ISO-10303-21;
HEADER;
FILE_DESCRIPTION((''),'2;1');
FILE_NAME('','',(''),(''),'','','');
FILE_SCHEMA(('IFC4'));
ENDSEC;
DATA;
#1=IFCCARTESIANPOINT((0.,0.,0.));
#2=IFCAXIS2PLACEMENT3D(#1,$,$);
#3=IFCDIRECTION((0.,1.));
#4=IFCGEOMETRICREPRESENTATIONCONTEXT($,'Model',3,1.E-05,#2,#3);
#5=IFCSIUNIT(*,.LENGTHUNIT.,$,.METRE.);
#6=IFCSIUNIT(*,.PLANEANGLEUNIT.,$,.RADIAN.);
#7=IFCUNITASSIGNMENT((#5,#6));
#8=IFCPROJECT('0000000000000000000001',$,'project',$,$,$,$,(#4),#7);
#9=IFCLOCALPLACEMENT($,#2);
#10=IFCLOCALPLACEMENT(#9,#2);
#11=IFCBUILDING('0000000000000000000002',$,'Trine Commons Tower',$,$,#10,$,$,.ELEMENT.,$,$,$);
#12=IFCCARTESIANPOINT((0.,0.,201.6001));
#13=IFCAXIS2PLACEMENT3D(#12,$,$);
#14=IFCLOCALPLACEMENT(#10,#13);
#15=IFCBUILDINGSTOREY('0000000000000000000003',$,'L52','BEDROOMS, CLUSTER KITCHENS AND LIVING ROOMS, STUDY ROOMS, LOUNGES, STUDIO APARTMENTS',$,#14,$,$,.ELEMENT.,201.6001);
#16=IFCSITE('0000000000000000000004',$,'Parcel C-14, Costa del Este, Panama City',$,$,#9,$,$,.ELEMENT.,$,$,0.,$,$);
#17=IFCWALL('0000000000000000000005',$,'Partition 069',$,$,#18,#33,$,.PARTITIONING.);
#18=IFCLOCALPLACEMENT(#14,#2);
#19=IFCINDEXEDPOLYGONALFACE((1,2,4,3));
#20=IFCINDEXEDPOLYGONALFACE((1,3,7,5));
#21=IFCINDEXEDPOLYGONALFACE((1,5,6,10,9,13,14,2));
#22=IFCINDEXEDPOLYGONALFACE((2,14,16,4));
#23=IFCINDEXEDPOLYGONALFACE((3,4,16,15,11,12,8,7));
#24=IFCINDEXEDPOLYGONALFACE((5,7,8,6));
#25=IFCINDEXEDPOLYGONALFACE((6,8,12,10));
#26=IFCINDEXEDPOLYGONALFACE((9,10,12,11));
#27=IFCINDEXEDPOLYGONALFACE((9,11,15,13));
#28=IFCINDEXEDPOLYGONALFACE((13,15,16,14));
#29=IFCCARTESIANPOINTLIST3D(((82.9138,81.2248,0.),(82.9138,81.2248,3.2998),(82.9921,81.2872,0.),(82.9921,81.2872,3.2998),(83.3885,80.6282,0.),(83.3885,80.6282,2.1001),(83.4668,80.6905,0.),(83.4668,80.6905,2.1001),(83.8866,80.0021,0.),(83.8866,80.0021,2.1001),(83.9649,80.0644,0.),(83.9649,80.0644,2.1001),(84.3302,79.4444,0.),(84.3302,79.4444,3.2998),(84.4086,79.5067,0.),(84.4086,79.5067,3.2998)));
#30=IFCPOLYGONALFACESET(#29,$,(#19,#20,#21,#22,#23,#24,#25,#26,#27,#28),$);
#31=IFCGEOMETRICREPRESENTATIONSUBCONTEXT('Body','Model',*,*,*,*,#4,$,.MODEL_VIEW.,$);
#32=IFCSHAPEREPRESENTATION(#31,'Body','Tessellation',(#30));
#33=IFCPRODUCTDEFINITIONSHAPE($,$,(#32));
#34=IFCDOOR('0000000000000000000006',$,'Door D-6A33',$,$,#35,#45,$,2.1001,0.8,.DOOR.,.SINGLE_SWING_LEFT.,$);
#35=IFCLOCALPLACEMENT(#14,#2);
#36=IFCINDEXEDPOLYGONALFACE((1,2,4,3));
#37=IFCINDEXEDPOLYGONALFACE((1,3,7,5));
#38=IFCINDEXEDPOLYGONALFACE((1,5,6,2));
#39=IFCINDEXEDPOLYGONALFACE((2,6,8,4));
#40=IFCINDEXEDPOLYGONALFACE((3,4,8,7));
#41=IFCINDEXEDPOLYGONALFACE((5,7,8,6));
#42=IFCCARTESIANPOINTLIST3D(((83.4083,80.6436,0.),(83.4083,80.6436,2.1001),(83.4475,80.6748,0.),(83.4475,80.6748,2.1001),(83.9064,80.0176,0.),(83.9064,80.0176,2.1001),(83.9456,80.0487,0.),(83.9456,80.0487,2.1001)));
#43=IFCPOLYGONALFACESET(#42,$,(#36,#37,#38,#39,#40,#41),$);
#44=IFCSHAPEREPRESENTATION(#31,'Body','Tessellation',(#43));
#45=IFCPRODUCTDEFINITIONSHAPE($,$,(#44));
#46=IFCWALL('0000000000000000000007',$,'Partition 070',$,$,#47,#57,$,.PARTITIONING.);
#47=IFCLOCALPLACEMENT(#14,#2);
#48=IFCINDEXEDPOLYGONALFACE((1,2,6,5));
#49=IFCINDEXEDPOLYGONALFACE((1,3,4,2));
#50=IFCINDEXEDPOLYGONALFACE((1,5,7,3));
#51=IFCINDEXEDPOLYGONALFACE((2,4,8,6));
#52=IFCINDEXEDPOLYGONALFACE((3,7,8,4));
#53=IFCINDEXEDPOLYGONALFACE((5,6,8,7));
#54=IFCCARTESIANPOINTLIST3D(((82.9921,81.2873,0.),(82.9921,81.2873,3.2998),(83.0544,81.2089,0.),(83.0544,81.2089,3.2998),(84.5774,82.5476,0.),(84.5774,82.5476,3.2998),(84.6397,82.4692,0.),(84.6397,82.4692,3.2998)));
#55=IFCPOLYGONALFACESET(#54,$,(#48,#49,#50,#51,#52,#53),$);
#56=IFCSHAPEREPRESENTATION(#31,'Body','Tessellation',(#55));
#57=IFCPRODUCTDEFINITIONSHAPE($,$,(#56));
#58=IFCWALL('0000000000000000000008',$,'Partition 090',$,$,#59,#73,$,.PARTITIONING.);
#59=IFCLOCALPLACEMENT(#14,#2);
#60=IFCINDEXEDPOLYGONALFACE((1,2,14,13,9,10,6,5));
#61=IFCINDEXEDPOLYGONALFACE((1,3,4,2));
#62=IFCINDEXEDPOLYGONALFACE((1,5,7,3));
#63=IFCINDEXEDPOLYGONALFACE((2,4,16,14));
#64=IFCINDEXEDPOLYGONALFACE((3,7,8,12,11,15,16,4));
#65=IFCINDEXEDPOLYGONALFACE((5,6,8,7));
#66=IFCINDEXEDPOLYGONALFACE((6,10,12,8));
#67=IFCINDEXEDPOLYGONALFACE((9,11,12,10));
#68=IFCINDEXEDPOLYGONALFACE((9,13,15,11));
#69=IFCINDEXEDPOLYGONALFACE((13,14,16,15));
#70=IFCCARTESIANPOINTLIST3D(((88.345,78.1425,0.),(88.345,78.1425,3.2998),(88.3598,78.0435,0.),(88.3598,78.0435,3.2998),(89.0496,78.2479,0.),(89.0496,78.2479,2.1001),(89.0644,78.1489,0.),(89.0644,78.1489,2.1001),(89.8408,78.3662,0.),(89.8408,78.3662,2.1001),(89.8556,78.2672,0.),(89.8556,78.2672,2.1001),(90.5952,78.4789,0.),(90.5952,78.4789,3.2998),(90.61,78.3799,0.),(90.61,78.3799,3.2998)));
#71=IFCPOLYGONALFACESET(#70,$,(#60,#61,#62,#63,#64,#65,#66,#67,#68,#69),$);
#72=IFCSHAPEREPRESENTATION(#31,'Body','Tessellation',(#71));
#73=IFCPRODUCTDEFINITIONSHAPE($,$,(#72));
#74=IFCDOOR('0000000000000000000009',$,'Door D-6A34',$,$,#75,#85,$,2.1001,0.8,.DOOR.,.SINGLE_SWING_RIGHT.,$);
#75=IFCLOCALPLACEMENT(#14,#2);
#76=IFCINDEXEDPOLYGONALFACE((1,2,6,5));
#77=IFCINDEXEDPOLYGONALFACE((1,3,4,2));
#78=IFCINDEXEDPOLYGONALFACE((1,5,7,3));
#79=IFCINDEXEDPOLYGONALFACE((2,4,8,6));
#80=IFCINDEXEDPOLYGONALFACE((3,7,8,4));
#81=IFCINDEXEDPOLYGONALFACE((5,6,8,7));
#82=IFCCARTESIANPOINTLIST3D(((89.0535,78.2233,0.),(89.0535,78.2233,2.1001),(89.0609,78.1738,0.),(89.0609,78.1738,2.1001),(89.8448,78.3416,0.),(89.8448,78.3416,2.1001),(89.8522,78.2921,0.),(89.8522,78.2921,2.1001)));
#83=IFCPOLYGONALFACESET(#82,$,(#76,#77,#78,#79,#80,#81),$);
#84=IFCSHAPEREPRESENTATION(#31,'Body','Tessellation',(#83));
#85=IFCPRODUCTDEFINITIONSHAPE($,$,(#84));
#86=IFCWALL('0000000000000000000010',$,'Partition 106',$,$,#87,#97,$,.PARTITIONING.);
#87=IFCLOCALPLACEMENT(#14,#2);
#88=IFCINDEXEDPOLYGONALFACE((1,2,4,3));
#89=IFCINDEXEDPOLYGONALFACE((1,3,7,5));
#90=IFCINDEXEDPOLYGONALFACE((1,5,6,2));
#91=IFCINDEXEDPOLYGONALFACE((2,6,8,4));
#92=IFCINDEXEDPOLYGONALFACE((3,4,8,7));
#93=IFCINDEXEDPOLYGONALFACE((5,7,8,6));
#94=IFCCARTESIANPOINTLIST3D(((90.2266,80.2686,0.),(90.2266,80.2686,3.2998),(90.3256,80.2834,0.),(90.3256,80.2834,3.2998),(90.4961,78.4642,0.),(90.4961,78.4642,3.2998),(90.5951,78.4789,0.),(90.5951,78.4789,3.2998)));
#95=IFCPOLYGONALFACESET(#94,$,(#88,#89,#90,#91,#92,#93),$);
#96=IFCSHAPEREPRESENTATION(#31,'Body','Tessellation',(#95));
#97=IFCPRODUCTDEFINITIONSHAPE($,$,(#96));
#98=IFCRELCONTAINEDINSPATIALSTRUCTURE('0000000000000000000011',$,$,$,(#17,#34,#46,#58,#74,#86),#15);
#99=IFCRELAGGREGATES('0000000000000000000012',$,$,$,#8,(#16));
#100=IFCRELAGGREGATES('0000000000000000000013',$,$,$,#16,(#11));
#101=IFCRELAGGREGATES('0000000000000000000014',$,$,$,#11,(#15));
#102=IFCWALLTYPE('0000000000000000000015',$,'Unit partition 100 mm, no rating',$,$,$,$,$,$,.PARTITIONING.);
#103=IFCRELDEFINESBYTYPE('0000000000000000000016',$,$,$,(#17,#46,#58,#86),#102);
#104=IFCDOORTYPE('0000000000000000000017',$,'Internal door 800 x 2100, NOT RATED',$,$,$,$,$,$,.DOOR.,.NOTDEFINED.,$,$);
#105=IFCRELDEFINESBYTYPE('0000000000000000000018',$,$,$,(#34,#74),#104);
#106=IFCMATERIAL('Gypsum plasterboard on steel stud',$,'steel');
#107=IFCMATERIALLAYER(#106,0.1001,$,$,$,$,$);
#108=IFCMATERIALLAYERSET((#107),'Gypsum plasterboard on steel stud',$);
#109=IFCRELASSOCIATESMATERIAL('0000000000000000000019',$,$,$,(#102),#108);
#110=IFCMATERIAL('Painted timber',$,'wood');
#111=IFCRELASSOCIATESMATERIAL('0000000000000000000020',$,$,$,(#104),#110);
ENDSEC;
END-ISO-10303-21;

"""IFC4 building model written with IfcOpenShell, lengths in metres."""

from ifc_helpers import new_model, si_unit, direction, frame, frame_2d, origin, place, context, subcontext, project, spatial, rectangle, extrude, material, layer, layer_set, type_object, element, fill, save


model = new_model("IFC4")

# Units and contexts
model_context = context("Model", 3, precision=1e-05, world=origin(), true_north=direction((0.0, 1.0)))
body_context = subcontext(model_context, "Body", "Model", "MODEL_VIEW")
ifc_project = project(units=[si_unit("LENGTHUNIT", "METRE"), si_unit("PLANEANGLEUNIT", "RADIAN")], contexts=[model_context])

# Site, building, storey
site_placement = place(None, origin())
site = spatial("IfcSite", under=ifc_project, at=site_placement, Name="Parcel C-14, Costa del Este, Panama City", CompositionType="ELEMENT", RefElevation=0.0)
building_placement = place(site_placement, origin())
building = spatial("IfcBuilding", under=site, at=building_placement, Name="Trine Commons Tower", CompositionType="ELEMENT")
storey_placement = place(building_placement, frame((0.0, 0.0, 201.6001)))
storey = spatial("IfcBuildingStorey", under=building, at=storey_placement, Name="L52", Description="BEDROOMS, CLUSTER KITCHENS AND LIVING ROOMS, STUDY ROOMS, LOUNGES, STUDIO APARTMENTS", CompositionType="ELEMENT", Elevation=201.6001)

# Shared definitions
ifc_material_1 = material(Name="Gypsum plasterboard on steel stud", Category="steel")

# Shared definitions
ifc_material_2 = material(Name="Painted timber", Category="wood")

# Wall, opening, door
ifc_layer_1 = layer(ifc_material_1, 0.1001)
ifc_layer_set_1 = layer_set([ifc_layer_1], Name="Gypsum plasterboard on steel stud")
wall_type_1 = type_object("IfcWallType", Name="Unit partition 100 mm, no rating", PredefinedType="PARTITIONING", material=ifc_layer_set_1)
wall_1_placement = place(storey_placement, frame((82.9529, 81.2561, 0.0), z_axis=(0.0, 0.0, 1.0), x_axis=(0.622573, -0.782562, 0.0)))
wall_1 = element("IfcWall", 1, at=wall_1_placement, inside=storey, type_object=wall_type_1, Name="Partition 069", PredefinedType="PARTITIONING", context=body_context, shape_type="SweptSolid", body=[
    extrude(rectangle(XDim=2.2751, YDim=0.1001, at=frame_2d((1.1377, 0.0))), origin(), (0.0, 0.0, 1.0), 3.2998),
])
opening_1_placement = place(wall_1_placement, frame((0.7627, 0.0, 0.0)))
opening_1 = element("IfcOpeningElement", 2, at=opening_1_placement, cuts=wall_1, PredefinedType="OPENING", context=body_context, shape_type="SweptSolid", body=[
    extrude(rectangle(XDim=0.8, YDim=2.1001, at=frame_2d((0.3999, 1.05))), frame((0.0, 0.0601, 0.0), z_axis=(0.0, -1.0, 0.0), x_axis=(1.0, 0.0, 0.0)), (0.0, 0.0, 1.0), 0.1201),
])
door_type_1 = type_object("IfcDoorType", Name="Internal door 800 x 2100, NOT RATED", OperationType="NOTDEFINED", PredefinedType="DOOR", material=ifc_material_2)
door_1_placement = place(opening_1_placement, frame((0.8, 0.0, 0.0), z_axis=(0.0, 0.0, 1.0), x_axis=(-1.0, 0.0, 0.0)))
door_1 = element("IfcDoor", 3, at=door_1_placement, inside=storey, type_object=door_type_1, Name="Door D-6A33", OperationType="SINGLE_SWING_LEFT", OverallHeight=2.1001, OverallWidth=0.8, PredefinedType="DOOR", context=body_context, shape_type="SweptSolid", body=[
    extrude(rectangle(XDim=0.8, YDim=2.1001, at=frame_2d((0.3999, 1.05))), frame((0.0, 0.0249, 0.0), z_axis=(0.0, -1.0, 0.0), x_axis=(1.0, 0.0, 0.0)), (0.0, 0.0, 1.0), 0.05),
])
fill(opening_1, door_1)

# Wall
wall_2_placement = place(storey_placement, frame((83.0232, 81.248, 0.0), z_axis=(0.0, 0.0, 1.0), x_axis=(0.782771, 0.62231, 0.0)))
element("IfcWall", 4, at=wall_2_placement, inside=storey, type_object=wall_type_1, Name="Partition 070", PredefinedType="PARTITIONING", context=body_context, shape_type="SweptSolid", body=[
    extrude(rectangle(XDim=2.0251, YDim=0.1001, at=frame_2d((1.0127, 0.0))), origin(), (0.0, 0.0, 1.0), 3.2998),
])

# Wall, opening, door
wall_3_placement = place(storey_placement, frame((88.3523, 78.093, 0.0), z_axis=(0.0, 0.0, 1.0), x_axis=(0.989008, 0.147863, 0.0)))
wall_3 = element("IfcWall", 5, at=wall_3_placement, inside=storey, type_object=wall_type_1, Name="Partition 090", PredefinedType="PARTITIONING", context=body_context, shape_type="SweptSolid", body=[
    extrude(rectangle(XDim=2.2751, YDim=0.1001, at=frame_2d((1.1377, 0.0))), origin(), (0.0, 0.0, 1.0), 3.2998),
])
opening_2_placement = place(wall_3_placement, frame((0.7126, 0.0, 0.0)))
opening_2 = element("IfcOpeningElement", 6, at=opening_2_placement, cuts=wall_3, PredefinedType="OPENING", context=body_context, shape_type="SweptSolid", body=[
    extrude(rectangle(XDim=0.8, YDim=2.1001, at=frame_2d((0.3999, 1.05))), frame((0.0, 0.0601, 0.0), z_axis=(0.0, -1.0, 0.0), x_axis=(1.0, 0.0, 0.0)), (0.0, 0.0, 1.0), 0.1201),
])
door_2_placement = place(opening_2_placement, frame((0.8, 0.0, 0.0), z_axis=(0.0, 0.0, 1.0), x_axis=(-1.0, 0.0, 0.0)))
door_2 = element("IfcDoor", 7, at=door_2_placement, inside=storey, type_object=door_type_1, Name="Door D-6A34", OperationType="SINGLE_SWING_RIGHT", OverallHeight=2.1001, OverallWidth=0.8, PredefinedType="DOOR", context=body_context, shape_type="SweptSolid", body=[
    extrude(rectangle(XDim=0.8, YDim=2.1001, at=frame_2d((0.3999, 1.05))), frame((0.0, 0.0249, 0.0), z_axis=(0.0, -1.0, 0.0), x_axis=(1.0, 0.0, 0.0)), (0.0, 0.0, 1.0), 0.05),
])
fill(opening_2, door_2)

# Wall
wall_4_placement = place(storey_placement, frame((90.2761, 80.2759, 0.0), z_axis=(0.0, 0.0, 1.0), x_axis=(0.147732, -0.989027, 0.0)))
element("IfcWall", 8, at=wall_4_placement, inside=storey, type_object=wall_type_1, Name="Partition 106", PredefinedType="PARTITIONING", context=body_context, shape_type="SweptSolid", body=[
    extrude(rectangle(XDim=1.8245, YDim=0.1001, at=frame_2d((0.9121, 0.0))), origin(), (0.0, 0.0, 1.0), 3.2998),
])

save(model, "model.ifc")
